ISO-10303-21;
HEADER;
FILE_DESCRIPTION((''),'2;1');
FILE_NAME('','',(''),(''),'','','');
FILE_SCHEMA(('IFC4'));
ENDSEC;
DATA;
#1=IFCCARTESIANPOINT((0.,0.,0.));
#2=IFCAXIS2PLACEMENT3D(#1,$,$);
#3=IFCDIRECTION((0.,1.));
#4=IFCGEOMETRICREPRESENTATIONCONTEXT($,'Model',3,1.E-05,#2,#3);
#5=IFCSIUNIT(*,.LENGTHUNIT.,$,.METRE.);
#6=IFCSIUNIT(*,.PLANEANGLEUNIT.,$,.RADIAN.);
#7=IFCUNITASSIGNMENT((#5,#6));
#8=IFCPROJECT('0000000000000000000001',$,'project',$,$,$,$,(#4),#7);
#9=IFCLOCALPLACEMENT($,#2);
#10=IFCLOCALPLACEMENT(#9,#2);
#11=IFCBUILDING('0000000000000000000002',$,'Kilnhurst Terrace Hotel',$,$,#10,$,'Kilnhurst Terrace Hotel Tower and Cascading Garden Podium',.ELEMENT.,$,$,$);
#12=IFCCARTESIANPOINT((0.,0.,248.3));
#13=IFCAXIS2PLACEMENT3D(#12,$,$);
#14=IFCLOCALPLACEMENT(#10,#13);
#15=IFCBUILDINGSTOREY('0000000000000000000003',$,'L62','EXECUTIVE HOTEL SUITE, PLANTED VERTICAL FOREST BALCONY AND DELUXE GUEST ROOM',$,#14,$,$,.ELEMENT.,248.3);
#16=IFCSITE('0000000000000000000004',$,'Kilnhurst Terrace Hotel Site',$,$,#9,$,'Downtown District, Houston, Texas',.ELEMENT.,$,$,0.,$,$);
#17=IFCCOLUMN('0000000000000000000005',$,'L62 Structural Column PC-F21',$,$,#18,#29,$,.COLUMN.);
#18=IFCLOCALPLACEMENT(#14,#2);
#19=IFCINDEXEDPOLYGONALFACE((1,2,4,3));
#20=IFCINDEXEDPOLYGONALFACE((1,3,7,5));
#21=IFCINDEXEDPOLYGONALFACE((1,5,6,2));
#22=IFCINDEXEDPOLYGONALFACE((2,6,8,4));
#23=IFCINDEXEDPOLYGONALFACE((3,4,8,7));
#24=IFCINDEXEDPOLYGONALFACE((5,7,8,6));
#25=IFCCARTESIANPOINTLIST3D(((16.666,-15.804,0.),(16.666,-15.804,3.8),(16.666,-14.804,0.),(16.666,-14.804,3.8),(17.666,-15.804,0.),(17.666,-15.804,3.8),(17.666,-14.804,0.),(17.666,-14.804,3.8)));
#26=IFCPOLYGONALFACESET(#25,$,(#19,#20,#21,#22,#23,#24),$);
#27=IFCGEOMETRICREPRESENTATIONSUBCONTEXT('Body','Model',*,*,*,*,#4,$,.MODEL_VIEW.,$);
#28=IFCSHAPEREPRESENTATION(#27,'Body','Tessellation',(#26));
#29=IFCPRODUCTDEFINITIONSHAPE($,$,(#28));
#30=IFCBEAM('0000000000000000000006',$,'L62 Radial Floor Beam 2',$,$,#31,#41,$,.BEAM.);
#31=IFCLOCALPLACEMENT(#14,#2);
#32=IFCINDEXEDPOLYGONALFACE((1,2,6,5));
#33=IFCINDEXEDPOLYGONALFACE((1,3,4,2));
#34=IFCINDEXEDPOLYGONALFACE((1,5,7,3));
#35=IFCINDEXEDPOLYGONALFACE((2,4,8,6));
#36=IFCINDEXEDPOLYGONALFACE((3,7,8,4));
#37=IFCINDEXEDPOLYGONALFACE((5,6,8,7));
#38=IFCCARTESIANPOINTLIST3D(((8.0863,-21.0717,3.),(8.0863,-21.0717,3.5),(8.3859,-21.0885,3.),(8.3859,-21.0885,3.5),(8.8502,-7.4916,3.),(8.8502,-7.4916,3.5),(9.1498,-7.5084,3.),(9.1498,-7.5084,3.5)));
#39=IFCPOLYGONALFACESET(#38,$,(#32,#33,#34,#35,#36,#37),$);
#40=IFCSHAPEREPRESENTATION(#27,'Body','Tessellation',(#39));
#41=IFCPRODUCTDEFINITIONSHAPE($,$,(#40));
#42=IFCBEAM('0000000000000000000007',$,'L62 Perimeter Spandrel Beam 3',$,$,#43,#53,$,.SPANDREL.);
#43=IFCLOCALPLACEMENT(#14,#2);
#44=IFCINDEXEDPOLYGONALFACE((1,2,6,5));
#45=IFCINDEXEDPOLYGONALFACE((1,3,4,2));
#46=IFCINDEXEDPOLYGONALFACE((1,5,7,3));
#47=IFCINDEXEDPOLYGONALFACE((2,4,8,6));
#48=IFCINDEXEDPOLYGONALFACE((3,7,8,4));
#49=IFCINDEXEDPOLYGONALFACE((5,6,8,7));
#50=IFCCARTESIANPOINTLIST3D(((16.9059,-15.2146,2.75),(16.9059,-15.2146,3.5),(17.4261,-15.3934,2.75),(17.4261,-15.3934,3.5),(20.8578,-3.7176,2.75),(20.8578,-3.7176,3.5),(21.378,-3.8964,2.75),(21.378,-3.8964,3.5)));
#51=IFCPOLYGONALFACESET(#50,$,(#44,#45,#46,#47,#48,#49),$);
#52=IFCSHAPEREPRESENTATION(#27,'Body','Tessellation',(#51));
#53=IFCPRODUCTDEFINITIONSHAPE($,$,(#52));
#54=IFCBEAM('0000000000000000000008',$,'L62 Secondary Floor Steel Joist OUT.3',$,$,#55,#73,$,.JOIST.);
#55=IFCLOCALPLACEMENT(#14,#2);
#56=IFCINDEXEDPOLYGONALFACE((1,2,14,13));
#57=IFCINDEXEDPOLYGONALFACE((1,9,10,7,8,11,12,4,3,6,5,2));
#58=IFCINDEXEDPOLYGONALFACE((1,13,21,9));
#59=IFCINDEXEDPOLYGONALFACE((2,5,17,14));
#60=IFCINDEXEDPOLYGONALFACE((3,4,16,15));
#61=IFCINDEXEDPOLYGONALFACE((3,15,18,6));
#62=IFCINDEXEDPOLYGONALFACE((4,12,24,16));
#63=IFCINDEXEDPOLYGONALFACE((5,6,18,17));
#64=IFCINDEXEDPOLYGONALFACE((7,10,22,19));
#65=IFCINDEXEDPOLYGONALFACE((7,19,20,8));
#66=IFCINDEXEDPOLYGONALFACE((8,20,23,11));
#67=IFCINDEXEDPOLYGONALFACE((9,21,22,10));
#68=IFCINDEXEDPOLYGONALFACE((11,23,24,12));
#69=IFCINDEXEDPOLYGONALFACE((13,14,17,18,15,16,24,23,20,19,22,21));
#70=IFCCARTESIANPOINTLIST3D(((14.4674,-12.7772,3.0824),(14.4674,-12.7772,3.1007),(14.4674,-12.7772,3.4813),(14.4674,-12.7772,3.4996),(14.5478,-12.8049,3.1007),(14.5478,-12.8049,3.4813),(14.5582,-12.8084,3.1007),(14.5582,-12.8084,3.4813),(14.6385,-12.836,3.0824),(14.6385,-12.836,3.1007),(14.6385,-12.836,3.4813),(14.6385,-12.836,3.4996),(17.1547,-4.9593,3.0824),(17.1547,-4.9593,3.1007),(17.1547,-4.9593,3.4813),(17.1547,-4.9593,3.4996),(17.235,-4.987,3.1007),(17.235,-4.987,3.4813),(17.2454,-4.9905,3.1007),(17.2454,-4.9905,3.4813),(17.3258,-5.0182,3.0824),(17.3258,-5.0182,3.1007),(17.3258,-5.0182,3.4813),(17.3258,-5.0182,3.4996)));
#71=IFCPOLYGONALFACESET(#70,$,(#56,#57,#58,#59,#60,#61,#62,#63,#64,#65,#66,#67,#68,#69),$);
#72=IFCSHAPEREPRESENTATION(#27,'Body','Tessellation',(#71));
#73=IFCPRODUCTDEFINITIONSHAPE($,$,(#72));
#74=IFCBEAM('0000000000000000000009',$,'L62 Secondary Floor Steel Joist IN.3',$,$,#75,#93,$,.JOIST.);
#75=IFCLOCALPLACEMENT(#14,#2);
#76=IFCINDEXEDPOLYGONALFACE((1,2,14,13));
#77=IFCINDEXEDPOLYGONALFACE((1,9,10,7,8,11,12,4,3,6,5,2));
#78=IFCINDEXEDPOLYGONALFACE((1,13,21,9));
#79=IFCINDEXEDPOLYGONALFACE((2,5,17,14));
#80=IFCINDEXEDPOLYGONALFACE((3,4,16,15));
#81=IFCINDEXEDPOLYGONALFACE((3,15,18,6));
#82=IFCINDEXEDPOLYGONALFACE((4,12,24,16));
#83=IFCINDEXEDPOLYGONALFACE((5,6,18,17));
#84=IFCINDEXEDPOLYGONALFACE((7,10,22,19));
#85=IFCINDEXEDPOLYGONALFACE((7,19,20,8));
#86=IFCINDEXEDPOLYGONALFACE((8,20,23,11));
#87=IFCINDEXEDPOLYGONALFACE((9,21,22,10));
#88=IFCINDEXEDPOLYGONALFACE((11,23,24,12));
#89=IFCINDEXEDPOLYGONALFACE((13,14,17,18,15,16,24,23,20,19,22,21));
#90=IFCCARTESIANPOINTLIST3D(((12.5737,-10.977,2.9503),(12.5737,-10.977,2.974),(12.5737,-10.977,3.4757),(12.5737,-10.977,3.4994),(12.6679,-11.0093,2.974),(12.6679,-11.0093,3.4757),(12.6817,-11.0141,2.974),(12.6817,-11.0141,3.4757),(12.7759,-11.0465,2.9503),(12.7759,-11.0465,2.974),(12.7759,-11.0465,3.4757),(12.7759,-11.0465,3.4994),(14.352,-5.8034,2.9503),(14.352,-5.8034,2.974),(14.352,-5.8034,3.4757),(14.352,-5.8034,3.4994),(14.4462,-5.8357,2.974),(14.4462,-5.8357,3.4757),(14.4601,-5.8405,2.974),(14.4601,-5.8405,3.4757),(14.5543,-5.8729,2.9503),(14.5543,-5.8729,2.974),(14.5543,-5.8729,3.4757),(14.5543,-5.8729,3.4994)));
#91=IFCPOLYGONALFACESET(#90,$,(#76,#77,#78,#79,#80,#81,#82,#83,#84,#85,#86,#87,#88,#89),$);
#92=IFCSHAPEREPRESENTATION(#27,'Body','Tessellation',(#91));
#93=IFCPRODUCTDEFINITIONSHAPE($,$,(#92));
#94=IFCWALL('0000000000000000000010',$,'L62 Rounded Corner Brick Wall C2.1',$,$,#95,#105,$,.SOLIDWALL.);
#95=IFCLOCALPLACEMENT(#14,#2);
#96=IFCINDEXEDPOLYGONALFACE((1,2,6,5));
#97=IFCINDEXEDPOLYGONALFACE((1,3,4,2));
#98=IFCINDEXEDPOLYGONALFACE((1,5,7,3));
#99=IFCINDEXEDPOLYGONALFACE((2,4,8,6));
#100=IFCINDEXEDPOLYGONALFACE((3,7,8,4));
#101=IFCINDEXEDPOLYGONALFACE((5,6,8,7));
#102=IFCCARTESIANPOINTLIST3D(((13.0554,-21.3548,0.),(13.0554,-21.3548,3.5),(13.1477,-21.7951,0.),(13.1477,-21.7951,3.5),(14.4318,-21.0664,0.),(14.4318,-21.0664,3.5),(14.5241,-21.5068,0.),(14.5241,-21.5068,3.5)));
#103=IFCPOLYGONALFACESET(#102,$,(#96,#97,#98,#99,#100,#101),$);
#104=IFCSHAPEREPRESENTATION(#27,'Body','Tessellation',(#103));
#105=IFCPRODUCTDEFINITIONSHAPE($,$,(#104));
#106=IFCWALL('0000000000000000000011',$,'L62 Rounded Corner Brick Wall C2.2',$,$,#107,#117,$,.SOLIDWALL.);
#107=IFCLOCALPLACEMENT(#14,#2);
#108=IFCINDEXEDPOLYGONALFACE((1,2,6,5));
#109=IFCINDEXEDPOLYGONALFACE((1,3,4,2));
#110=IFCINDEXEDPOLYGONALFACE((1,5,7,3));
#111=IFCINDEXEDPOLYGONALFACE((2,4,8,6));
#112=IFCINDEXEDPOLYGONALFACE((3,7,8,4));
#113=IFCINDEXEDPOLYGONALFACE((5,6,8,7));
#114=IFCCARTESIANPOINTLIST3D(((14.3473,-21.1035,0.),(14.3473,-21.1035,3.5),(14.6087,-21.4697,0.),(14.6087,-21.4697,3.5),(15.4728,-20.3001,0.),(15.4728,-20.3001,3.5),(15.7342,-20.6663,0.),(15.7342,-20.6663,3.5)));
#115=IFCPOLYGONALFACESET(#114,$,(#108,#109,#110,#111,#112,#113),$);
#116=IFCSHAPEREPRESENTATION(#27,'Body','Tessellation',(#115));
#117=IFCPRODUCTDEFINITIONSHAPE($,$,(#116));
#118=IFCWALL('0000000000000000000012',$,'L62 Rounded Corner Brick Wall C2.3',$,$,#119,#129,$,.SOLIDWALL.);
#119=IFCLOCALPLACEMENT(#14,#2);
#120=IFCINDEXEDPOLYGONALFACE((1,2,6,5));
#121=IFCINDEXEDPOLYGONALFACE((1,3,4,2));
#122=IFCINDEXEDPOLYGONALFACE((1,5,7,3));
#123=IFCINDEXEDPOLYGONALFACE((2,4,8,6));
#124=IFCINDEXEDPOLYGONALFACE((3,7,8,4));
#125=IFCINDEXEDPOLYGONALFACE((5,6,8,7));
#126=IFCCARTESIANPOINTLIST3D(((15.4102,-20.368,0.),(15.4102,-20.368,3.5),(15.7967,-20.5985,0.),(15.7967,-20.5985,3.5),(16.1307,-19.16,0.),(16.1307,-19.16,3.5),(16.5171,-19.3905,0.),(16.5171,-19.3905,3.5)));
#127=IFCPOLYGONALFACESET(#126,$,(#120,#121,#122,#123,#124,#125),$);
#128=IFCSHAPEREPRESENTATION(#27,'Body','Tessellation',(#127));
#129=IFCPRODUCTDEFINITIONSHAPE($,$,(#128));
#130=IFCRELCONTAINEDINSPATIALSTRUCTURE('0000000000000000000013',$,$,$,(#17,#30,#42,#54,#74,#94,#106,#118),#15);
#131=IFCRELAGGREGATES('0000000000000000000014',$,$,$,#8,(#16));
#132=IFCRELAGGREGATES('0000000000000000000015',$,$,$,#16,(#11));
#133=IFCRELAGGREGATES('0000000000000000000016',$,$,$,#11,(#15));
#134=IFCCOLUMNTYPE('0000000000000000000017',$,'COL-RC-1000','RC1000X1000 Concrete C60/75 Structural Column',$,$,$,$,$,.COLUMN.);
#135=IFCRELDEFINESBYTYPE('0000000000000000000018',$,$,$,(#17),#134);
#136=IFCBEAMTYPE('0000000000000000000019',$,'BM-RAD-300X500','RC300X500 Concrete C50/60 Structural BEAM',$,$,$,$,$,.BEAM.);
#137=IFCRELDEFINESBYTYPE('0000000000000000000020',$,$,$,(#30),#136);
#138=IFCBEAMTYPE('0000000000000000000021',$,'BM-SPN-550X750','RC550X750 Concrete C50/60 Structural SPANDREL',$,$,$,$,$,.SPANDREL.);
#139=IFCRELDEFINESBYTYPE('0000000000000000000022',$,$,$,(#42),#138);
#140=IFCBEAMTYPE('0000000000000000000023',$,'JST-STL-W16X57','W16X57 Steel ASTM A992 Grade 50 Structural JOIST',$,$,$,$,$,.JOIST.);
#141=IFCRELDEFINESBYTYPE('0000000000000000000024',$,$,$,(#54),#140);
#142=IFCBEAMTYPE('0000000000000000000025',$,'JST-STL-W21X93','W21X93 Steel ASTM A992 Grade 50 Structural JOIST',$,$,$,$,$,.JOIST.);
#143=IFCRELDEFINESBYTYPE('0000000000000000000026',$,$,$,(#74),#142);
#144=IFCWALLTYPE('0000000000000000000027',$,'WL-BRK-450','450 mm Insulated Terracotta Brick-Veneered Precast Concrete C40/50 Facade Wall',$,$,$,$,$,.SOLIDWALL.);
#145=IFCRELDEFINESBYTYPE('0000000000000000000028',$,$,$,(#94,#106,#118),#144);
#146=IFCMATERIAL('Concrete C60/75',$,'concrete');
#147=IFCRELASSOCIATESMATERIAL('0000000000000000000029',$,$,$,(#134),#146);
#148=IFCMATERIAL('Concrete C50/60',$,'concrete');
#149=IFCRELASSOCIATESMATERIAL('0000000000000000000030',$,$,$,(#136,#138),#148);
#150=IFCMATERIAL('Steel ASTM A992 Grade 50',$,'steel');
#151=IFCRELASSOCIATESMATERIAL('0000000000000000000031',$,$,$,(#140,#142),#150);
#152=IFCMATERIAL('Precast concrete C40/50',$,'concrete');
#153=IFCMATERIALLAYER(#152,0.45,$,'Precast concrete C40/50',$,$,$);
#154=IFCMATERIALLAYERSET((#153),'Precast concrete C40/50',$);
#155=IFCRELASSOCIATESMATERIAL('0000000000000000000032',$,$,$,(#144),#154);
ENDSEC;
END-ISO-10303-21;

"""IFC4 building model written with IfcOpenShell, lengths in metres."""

from ifc_helpers import new_model, si_unit, direction, frame, frame_2d, origin, origin_2d, place, context, subcontext, project, spatial, rectangle, i_section, extrude, material, layer, layer_set, material_profile, profile_set, type_object, element, save


model = new_model("IFC4")

# Units and contexts
model_context = context("Model", 3, precision=1e-05, world=origin(), true_north=direction((0.0, 1.0)))
body_context = subcontext(model_context, "Body", "Model", "MODEL_VIEW")
ifc_project = project(units=[si_unit("LENGTHUNIT", "METRE"), si_unit("PLANEANGLEUNIT", "RADIAN")], contexts=[model_context])

# Site, building, storey
site_placement = place(None, origin())
site = spatial("IfcSite", under=ifc_project, at=site_placement, Name="Kilnhurst Terrace Hotel Site", LongName="Downtown District, Houston, Texas", CompositionType="ELEMENT", RefElevation=0.0)
building_placement = place(site_placement, origin())
building = spatial("IfcBuilding", under=site, at=building_placement, Name="Kilnhurst Terrace Hotel", LongName="Kilnhurst Terrace Hotel Tower and Cascading Garden Podium", CompositionType="ELEMENT")
storey_placement = place(building_placement, frame((0.0, 0.0, 248.3)))
storey = spatial("IfcBuildingStorey", under=building, at=storey_placement, Name="L62", Description="EXECUTIVE HOTEL SUITE, PLANTED VERTICAL FOREST BALCONY AND DELUXE GUEST ROOM", CompositionType="ELEMENT", Elevation=248.3)

# Column
ifc_material_1 = material(Name="Concrete C60/75", Category="concrete")
ifc_material_profile_1 = material_profile(ifc_material_1, rectangle(XDim=1.0, YDim=1.0, at=origin_2d()), Name="RC1000X1000")
ifc_profile_set_1 = profile_set([ifc_material_profile_1], Name="Concrete C60/75")
column_type = type_object("IfcColumnType", Name="COL-RC-1000", Description="RC1000X1000 Concrete C60/75 Structural Column", PredefinedType="COLUMN", material=ifc_profile_set_1)
column_placement = place(storey_placement, frame((17.166, -15.304, 0.0), z_axis=(0.0, 0.0, 1.0), x_axis=(1.0, 0.0, 0.0)))
element("IfcColumn", 1, at=column_placement, inside=storey, type_object=column_type, Name="L62 Structural Column PC-F21", PredefinedType="COLUMN", context=body_context, shape_type="SweptSolid", body=[
    extrude(rectangle(XDim=1.0, YDim=1.0, at=origin_2d()), origin(), (0.0, 0.0, 1.0), 3.8),
])

# Beams
ifc_material_2 = material(Name="Concrete C50/60", Category="concrete")
ifc_material_profile_2 = material_profile(ifc_material_2, rectangle(XDim=0.3, YDim=0.5, at=origin_2d()), Name="RC300X500")
ifc_profile_set_2 = profile_set([ifc_material_profile_2], Name="Concrete C50/60")
beam_type_1 = type_object("IfcBeamType", Name="BM-RAD-300X500", Description="RC300X500 Concrete C50/60 Structural BEAM", PredefinedType="BEAM", material=ifc_profile_set_2)
beam_1_placement = place(storey_placement, frame((9.0, -7.5, 3.25), z_axis=(-0.056164, -0.998422, 0.0), x_axis=(0.998422, -0.056164, 0.0)))
element("IfcBeam", 2, at=beam_1_placement, inside=storey, type_object=beam_type_1, Name="L62 Radial Floor Beam 2", PredefinedType="BEAM", context=body_context, shape_type="SweptSolid", body=[
    extrude(rectangle(XDim=0.3, YDim=0.5, at=origin_2d()), origin(), (0.0, 0.0, 1.0), 13.6016),
])
ifc_material_profile_3 = material_profile(ifc_material_2, rectangle(XDim=0.55, YDim=0.75, at=origin_2d()), Name="RC550X750")
ifc_profile_set_3 = profile_set([ifc_material_profile_3], Name="Concrete C50/60")
beam_type_2 = type_object("IfcBeamType", Name="BM-SPN-550X750", Description="RC550X750 Concrete C50/60 Structural SPANDREL", PredefinedType="SPANDREL", material=ifc_profile_set_3)
beam_2_placement = place(storey_placement, frame((17.166, -15.304, 3.125), z_axis=(0.325064, 0.945692, 0.0), x_axis=(-0.945692, 0.325064, 0.0)))
element("IfcBeam", 3, at=beam_2_placement, inside=storey, type_object=beam_type_2, Name="L62 Perimeter Spandrel Beam 3", PredefinedType="SPANDREL", context=body_context, shape_type="SweptSolid", body=[
    extrude(rectangle(XDim=0.55, YDim=0.75, at=origin_2d()), origin(), (0.0, 0.0, 1.0), 12.1572),
])
ifc_material_3 = material(Name="Steel ASTM A992 Grade 50", Category="steel")
ifc_material_profile_4 = material_profile(ifc_material_3, i_section(OverallWidth=0.1809, OverallDepth=0.4172, WebThickness=0.011, FlangeThickness=0.0183, at=origin_2d()), Name="W16X57")
ifc_profile_set_4 = profile_set([ifc_material_profile_4], Name="Steel ASTM A992 Grade 50")
beam_type_3 = type_object("IfcBeamType", Name="JST-STL-W16X57", Description="W16X57 Steel ASTM A992 Grade 50 Structural JOIST", PredefinedType="JOIST", material=ifc_profile_set_4)
beam_3_placement = place(storey_placement, frame((14.553, -12.8066, 3.291), z_axis=(0.325065, 0.945692, 0.0), x_axis=(-0.945692, 0.325065, 0.0)))
element("IfcBeam", 4, at=beam_3_placement, inside=storey, type_object=beam_type_3, Name="L62 Secondary Floor Steel Joist OUT.3", PredefinedType="JOIST", context=body_context, shape_type="SweptSolid", body=[
    extrude(i_section(OverallWidth=0.1809, OverallDepth=0.4172, WebThickness=0.011, FlangeThickness=0.0183, at=origin_2d()), origin(), (0.0, 0.0, 1.0), 8.2668),
])
ifc_material_profile_5 = material_profile(ifc_material_3, i_section(OverallWidth=0.2139, OverallDepth=0.5491, WebThickness=0.0146, FlangeThickness=0.0237, at=origin_2d()), Name="W21X93")
ifc_profile_set_5 = profile_set([ifc_material_profile_5], Name="Steel ASTM A992 Grade 50")
beam_type_4 = type_object("IfcBeamType", Name="JST-STL-W21X93", Description="W21X93 Steel ASTM A992 Grade 50 Structural JOIST", PredefinedType="JOIST", material=ifc_profile_set_5)
beam_4_placement = place(storey_placement, frame((12.6748, -11.0117, 3.2249), z_axis=(0.325064, 0.945692, 0.0), x_axis=(-0.945692, 0.325064, 0.0)))
element("IfcBeam", 5, at=beam_4_placement, inside=storey, type_object=beam_type_4, Name="L62 Secondary Floor Steel Joist IN.3", PredefinedType="JOIST", context=body_context, shape_type="SweptSolid", body=[
    extrude(i_section(OverallWidth=0.2139, OverallDepth=0.5491, WebThickness=0.0146, FlangeThickness=0.0237, at=origin_2d()), origin(), (0.0, 0.0, 1.0), 5.4707),
])

# Walls
ifc_material_4 = material(Name="Precast concrete C40/50", Category="concrete")
ifc_layer_1 = layer(ifc_material_4, 0.45, Name="Precast concrete C40/50")
ifc_layer_set_1 = layer_set([ifc_layer_1], Name="Precast concrete C40/50")
wall_type_1 = type_object("IfcWallType", Name="WL-BRK-450", Description="450 mm Insulated Terracotta Brick-Veneered Precast Concrete C40/50 Facade Wall", PredefinedType="SOLIDWALL", material=ifc_layer_set_1)
wall_1_placement = place(storey_placement, frame((13.1016, -21.575, 0.0), z_axis=(0.0, 0.0, 1.0), x_axis=(0.978757, 0.205022, 0.0)))
element("IfcWall", 6, at=wall_1_placement, inside=storey, type_object=wall_type_1, Name="L62 Rounded Corner Brick Wall C2.1", PredefinedType="SOLIDWALL", context=body_context, shape_type="SweptSolid", body=[
    extrude(rectangle(XDim=1.4062, YDim=0.45, at=frame_2d((0.7031, 0.0))), origin(), (0.0, 0.0, 1.0), 3.5),
])
wall_2_placement = place(storey_placement, frame((14.478, -21.2866, 0.0), z_axis=(0.0, 0.0, 1.0), x_axis=(0.813889, 0.581021, 0.0)))
element("IfcWall", 7, at=wall_2_placement, inside=storey, type_object=wall_type_1, Name="L62 Rounded Corner Brick Wall C2.2", PredefinedType="SOLIDWALL", context=body_context, shape_type="SweptSolid", body=[
    extrude(rectangle(XDim=1.3828, YDim=0.45, at=frame_2d((0.6914, 0.0))), origin(), (0.0, 0.0, 1.0), 3.5),
])
wall_3_placement = place(storey_placement, frame((15.6035, -20.4832, 0.0), z_axis=(0.0, 0.0, 1.0), x_axis=(0.512222, 0.858853, 0.0)))
element("IfcWall", 8, at=wall_3_placement, inside=storey, type_object=wall_type_1, Name="L62 Rounded Corner Brick Wall C2.3", PredefinedType="SOLIDWALL", context=body_context, shape_type="SweptSolid", body=[
    extrude(rectangle(XDim=1.4065, YDim=0.45, at=frame_2d((0.7031, 0.0))), origin(), (0.0, 0.0, 1.0), 3.5),
])

save(model, "model.ifc")
